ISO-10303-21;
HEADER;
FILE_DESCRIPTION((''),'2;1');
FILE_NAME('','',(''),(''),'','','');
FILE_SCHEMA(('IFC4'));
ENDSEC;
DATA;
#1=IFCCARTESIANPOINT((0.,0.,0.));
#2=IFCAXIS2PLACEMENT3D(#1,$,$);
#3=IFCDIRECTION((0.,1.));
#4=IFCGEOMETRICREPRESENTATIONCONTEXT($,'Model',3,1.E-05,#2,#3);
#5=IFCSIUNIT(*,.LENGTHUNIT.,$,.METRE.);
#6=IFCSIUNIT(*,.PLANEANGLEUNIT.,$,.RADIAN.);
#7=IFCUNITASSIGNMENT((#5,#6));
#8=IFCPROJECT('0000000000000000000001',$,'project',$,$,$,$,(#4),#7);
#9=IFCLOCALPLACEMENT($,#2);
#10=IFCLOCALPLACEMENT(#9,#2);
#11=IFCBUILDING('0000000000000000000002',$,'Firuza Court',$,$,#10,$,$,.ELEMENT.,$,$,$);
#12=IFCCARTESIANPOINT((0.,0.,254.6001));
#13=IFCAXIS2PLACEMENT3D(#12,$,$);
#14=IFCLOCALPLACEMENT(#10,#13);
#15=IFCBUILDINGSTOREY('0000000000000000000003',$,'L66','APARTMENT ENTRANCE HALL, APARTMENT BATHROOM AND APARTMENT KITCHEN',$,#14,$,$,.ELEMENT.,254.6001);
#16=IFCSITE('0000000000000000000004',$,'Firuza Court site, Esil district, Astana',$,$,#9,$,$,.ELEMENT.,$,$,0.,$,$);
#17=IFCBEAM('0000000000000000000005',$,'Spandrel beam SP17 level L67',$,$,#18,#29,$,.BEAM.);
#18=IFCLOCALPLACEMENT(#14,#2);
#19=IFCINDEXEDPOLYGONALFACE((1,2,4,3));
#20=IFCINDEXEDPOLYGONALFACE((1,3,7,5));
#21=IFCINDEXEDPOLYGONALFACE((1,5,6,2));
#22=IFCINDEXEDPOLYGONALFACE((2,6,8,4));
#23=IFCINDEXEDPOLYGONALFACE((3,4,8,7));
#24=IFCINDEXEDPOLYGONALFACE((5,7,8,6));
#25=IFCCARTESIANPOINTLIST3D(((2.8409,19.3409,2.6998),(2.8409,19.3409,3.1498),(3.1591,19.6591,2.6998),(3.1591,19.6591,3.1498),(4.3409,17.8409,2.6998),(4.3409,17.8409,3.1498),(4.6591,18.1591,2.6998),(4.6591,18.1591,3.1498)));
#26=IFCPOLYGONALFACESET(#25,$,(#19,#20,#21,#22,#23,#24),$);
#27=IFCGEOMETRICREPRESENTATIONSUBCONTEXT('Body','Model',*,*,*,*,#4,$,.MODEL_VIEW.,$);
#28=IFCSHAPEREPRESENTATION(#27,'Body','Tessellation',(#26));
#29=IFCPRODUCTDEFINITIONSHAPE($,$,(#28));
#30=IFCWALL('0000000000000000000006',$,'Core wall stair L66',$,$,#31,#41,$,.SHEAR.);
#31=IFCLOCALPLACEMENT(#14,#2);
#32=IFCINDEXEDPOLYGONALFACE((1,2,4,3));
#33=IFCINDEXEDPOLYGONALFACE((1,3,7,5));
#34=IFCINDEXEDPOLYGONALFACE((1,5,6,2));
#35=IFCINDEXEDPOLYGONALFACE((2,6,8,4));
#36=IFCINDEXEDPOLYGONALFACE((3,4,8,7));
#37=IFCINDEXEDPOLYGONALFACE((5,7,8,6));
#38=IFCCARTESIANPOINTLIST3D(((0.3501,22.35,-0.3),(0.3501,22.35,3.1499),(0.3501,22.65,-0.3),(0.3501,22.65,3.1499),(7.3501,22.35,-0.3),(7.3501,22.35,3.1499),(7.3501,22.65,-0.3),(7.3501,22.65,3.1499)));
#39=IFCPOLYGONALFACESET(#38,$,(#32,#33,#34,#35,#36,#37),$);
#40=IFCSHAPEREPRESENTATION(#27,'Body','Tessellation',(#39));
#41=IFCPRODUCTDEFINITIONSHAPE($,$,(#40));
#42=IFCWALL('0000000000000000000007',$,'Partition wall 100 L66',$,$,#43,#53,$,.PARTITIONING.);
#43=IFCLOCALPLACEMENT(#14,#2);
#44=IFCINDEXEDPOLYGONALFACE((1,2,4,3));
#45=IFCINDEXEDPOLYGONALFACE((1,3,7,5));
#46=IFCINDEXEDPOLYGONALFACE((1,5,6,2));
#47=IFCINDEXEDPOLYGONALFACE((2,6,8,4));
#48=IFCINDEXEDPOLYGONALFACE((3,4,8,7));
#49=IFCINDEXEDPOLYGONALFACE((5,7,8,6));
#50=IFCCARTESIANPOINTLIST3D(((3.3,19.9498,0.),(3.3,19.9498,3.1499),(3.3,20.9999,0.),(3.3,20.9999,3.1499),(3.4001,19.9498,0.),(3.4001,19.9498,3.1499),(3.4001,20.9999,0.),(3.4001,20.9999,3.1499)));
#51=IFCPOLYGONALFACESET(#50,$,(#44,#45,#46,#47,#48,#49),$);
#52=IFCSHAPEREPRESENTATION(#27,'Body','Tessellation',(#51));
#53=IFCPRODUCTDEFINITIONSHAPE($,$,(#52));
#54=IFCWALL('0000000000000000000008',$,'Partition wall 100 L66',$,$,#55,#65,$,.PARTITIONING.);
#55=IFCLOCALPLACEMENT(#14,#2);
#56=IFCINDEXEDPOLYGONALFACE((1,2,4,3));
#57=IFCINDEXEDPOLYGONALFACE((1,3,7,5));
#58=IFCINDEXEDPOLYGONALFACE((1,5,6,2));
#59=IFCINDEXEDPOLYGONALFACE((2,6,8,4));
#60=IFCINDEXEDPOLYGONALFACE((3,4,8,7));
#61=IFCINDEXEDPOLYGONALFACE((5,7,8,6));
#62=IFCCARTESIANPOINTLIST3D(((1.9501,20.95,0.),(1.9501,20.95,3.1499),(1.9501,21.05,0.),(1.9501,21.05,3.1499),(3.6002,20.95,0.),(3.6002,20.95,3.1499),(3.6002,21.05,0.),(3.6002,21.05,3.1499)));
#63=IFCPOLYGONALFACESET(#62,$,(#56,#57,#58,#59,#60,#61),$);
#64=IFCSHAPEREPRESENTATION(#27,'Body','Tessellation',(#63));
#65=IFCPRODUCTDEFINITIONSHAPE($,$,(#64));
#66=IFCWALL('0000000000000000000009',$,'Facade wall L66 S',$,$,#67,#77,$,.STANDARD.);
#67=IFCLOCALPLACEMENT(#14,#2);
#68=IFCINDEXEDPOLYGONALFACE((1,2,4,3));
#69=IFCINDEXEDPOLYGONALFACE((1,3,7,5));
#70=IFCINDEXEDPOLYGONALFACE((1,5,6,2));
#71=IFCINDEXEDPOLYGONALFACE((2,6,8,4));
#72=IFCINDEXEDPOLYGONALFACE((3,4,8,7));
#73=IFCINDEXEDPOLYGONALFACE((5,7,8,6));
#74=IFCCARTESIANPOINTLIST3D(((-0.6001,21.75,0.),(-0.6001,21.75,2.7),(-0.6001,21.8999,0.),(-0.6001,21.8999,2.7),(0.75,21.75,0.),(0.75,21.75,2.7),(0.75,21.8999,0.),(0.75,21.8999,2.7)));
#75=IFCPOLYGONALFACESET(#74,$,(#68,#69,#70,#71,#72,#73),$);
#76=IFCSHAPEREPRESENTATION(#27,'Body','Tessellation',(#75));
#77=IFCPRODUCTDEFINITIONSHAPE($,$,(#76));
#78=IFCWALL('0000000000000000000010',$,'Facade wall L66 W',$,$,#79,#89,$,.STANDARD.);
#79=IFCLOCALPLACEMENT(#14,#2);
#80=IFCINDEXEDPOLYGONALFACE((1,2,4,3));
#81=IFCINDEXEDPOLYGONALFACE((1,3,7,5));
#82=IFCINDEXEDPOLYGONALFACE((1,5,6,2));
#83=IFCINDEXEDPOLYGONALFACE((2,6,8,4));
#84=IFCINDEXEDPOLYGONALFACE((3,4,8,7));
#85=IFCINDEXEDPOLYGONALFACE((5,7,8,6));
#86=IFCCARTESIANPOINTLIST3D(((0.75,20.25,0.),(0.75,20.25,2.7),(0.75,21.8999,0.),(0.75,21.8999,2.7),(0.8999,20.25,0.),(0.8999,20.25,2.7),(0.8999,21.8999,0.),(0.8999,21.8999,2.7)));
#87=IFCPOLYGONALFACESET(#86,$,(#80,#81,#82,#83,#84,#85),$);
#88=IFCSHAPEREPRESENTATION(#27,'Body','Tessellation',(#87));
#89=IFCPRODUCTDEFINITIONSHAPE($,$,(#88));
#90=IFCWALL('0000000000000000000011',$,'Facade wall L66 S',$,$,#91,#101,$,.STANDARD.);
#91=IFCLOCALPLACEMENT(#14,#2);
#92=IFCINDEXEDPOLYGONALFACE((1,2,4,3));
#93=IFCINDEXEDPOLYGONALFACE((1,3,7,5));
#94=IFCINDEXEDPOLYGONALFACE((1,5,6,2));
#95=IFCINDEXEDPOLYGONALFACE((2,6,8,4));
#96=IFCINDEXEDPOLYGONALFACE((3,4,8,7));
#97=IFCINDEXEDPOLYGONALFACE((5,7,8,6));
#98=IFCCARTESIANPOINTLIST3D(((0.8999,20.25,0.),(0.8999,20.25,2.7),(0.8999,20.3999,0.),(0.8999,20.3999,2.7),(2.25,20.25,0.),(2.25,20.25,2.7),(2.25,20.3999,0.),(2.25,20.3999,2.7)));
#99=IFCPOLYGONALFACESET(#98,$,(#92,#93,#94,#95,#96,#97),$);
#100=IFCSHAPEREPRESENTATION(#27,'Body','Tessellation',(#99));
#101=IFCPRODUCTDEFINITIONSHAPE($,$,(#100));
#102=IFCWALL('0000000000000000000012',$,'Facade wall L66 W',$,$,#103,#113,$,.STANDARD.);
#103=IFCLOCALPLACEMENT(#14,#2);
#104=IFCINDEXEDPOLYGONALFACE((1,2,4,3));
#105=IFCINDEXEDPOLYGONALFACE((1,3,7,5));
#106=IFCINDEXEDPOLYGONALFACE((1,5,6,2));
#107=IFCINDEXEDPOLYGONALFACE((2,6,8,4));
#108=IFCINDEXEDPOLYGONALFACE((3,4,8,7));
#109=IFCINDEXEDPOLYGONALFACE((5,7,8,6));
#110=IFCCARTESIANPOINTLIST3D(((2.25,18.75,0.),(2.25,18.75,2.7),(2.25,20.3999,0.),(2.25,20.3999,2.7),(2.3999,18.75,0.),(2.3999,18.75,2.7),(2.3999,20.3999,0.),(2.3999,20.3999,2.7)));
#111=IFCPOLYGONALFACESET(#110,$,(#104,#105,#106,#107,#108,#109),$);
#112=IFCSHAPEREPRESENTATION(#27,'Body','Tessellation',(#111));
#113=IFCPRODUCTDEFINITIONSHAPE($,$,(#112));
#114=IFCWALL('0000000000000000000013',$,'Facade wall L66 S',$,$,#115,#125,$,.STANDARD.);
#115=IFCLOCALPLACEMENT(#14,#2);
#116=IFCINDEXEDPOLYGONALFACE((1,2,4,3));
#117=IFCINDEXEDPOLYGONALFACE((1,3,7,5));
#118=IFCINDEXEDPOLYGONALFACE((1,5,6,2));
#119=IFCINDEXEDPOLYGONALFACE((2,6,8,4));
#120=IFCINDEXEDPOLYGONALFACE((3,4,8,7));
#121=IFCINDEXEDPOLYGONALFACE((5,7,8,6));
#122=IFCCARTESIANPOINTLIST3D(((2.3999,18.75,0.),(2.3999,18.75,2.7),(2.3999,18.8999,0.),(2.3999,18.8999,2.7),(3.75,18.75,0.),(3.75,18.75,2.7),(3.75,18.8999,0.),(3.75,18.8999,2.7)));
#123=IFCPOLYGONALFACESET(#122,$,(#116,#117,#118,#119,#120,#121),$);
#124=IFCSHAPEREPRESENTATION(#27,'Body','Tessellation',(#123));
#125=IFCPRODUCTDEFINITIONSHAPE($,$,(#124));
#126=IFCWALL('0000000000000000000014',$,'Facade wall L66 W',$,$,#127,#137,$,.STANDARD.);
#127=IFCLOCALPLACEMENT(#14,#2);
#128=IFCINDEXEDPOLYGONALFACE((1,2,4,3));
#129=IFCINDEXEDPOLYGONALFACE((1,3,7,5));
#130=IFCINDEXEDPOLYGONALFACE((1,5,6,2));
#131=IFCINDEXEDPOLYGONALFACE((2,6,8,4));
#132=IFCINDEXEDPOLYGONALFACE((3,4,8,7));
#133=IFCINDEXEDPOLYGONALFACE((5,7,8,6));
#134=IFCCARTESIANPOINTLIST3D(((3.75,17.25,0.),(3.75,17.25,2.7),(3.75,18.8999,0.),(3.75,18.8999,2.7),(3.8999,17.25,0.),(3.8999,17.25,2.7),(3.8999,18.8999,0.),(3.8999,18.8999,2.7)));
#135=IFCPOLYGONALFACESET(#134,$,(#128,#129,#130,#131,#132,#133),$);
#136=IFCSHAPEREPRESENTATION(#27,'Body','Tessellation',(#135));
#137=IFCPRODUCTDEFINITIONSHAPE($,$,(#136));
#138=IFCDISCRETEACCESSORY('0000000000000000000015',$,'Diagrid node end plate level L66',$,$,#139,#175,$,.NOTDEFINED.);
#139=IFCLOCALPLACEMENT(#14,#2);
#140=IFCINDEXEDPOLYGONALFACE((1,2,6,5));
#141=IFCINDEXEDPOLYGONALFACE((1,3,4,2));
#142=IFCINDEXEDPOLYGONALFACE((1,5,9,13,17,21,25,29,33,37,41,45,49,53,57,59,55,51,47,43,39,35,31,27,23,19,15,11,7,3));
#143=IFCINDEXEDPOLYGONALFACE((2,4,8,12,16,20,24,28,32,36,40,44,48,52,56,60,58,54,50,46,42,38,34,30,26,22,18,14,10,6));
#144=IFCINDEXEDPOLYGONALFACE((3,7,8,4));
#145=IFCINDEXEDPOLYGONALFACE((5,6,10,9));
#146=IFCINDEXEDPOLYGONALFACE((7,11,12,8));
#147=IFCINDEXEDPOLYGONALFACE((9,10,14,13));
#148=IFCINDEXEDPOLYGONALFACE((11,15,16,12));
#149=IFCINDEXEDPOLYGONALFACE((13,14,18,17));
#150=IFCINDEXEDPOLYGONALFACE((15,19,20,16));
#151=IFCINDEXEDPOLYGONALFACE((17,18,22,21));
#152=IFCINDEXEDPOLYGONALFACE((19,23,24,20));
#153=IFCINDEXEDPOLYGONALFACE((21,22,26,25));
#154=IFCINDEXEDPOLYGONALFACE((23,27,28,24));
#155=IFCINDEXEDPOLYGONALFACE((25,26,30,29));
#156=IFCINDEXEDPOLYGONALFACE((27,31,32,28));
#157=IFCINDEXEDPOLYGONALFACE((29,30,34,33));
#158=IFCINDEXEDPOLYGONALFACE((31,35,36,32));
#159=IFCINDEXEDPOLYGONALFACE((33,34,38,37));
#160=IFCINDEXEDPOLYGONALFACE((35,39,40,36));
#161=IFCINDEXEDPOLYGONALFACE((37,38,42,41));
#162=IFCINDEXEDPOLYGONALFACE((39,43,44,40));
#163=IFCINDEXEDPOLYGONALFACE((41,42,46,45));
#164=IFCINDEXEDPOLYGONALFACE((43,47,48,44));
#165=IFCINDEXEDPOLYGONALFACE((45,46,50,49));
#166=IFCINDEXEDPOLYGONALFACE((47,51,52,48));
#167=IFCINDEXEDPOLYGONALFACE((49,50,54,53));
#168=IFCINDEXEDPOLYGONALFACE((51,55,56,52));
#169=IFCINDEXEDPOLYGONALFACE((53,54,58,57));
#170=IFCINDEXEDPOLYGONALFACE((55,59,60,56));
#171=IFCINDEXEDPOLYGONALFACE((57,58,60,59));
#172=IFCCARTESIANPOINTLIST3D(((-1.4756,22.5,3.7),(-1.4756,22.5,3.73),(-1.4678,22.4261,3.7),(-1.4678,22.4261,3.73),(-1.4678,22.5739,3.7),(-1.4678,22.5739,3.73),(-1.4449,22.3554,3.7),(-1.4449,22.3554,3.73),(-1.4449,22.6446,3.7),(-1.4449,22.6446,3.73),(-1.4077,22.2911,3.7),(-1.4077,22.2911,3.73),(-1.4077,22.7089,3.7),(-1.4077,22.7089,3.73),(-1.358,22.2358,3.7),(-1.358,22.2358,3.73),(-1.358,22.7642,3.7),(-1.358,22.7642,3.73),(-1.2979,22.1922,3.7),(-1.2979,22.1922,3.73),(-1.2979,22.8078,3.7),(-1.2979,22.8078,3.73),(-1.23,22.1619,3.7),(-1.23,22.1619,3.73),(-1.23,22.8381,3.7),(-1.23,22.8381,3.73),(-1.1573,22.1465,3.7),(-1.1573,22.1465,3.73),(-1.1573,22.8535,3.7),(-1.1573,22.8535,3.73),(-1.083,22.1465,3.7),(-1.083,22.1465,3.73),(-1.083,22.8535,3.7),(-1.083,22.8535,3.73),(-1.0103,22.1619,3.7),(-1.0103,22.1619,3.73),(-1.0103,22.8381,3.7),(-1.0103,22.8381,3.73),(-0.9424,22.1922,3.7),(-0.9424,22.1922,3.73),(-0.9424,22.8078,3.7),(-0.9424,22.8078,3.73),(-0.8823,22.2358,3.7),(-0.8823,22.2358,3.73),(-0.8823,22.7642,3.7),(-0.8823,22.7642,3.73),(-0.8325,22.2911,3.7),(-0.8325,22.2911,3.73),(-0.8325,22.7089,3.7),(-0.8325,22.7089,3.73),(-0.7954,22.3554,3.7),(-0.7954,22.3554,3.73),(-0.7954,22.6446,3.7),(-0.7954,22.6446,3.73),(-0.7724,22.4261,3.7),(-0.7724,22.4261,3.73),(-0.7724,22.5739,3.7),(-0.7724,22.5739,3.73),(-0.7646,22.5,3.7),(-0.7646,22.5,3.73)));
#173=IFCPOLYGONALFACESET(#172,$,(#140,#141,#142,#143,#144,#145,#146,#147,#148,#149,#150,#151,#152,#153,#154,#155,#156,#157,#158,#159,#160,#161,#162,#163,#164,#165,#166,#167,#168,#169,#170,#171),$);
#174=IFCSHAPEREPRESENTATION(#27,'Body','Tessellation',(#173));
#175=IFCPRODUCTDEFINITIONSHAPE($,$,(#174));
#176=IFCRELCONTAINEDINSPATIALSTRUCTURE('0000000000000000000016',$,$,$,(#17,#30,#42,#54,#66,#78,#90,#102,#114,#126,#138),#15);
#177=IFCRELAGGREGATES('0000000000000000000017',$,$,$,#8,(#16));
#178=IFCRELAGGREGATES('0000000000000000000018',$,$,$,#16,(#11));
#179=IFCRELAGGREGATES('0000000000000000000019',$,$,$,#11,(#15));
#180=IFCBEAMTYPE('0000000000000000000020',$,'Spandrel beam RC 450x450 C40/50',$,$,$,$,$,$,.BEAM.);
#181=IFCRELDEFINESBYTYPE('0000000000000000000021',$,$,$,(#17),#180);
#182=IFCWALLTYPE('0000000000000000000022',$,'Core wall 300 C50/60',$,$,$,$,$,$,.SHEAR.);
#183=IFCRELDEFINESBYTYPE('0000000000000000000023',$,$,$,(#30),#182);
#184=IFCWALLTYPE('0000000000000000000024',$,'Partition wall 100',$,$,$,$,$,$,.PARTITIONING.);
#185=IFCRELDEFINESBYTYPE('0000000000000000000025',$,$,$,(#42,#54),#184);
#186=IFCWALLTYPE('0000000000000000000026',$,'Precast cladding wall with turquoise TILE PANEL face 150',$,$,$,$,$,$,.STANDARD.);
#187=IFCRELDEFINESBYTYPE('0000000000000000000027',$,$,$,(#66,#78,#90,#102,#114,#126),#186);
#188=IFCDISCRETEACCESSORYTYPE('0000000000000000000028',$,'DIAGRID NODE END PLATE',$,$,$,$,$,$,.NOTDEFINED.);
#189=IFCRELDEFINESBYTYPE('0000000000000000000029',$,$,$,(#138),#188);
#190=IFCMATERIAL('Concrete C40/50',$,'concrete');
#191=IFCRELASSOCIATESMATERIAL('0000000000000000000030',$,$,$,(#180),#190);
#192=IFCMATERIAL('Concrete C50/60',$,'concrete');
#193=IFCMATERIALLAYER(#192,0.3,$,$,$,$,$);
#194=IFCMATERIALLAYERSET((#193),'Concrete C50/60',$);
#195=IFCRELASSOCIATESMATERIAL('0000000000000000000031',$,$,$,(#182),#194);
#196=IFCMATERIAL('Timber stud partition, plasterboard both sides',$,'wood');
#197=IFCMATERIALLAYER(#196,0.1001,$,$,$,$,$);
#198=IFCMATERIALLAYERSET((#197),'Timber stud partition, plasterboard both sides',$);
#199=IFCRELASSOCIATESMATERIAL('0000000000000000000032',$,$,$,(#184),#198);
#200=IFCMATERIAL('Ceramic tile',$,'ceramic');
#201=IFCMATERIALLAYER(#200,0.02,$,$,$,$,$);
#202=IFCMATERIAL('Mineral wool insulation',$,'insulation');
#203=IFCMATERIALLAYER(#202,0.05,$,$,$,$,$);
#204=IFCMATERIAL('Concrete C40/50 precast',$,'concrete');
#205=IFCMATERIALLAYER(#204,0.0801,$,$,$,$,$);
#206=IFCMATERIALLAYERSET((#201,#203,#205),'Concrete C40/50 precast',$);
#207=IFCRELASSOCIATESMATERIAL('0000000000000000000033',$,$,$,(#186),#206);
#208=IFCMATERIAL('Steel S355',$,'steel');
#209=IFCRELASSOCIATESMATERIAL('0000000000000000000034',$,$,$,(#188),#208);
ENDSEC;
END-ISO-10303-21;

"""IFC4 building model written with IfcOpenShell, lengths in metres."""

from ifc_helpers import new_model, si_unit, direction, frame, frame_2d, origin, origin_2d, place, context, subcontext, project, spatial, rectangle, circle, extrude, material, layer, layer_set, material_profile, profile_set, type_object, element, save


model = new_model("IFC4")

# Units and contexts
model_context = context("Model", 3, precision=1e-05, world=origin(), true_north=direction((0.0, 1.0)))
body_context = subcontext(model_context, "Body", "Model", "MODEL_VIEW")
ifc_project = project(units=[si_unit("LENGTHUNIT", "METRE"), si_unit("PLANEANGLEUNIT", "RADIAN")], contexts=[model_context])

# Site, building, storey
site_placement = place(None, origin())
site = spatial("IfcSite", under=ifc_project, at=site_placement, Name="Firuza Court site, Esil district, Astana", CompositionType="ELEMENT", RefElevation=0.0)
building_placement = place(site_placement, origin())
building = spatial("IfcBuilding", under=site, at=building_placement, Name="Firuza Court", CompositionType="ELEMENT")
storey_placement = place(building_placement, frame((0.0, 0.0, 254.6001)))
storey = spatial("IfcBuildingStorey", under=building, at=storey_placement, Name="L66", Description="APARTMENT ENTRANCE HALL, APARTMENT BATHROOM AND APARTMENT KITCHEN", CompositionType="ELEMENT", Elevation=254.6001)

# Beam
ifc_material_1 = material(Name="Concrete C40/50", Category="concrete")
ifc_material_profile_1 = material_profile(ifc_material_1, rectangle(XDim=0.45, YDim=0.45, at=origin_2d()), Name="RC 450x450")
ifc_profile_set_1 = profile_set([ifc_material_profile_1], Name="Concrete C40/50")
beam_type = type_object("IfcBeamType", Name="Spandrel beam RC 450x450 C40/50", PredefinedType="BEAM", material=ifc_profile_set_1)
for number, where, z_axis, x_axis, name in (
    (1, (3.0, 19.5, 2.9248), (0.707107, -0.707107, 0.0), (0.707107, 0.707107, 0.0), "Spandrel beam SP17 level L67"),
):
    element("IfcBeam", number, at=place(storey_placement, frame(where, z_axis=z_axis, x_axis=x_axis)), inside=storey, type_object=beam_type, Name=name, PredefinedType="BEAM", context=body_context, shape_type="SweptSolid", body=[
        extrude(rectangle(XDim=0.45, YDim=0.45, at=origin_2d()), origin(), (0.0, 0.0, 1.0), 2.1213),
    ])

# Walls
ifc_material_2 = material(Name="Concrete C50/60", Category="concrete")
ifc_layer_1 = layer(ifc_material_2, 0.3)
ifc_layer_set_1 = layer_set([ifc_layer_1], Name="Concrete C50/60")
wall_type_1 = type_object("IfcWallType", Name="Core wall 300 C50/60", PredefinedType="SHEAR", material=ifc_layer_set_1)
wall_1_placement = place(storey_placement, frame((0.3501, 22.5, -0.3), z_axis=(0.0, 0.0, 1.0), x_axis=(1.0, 0.0, 0.0)))
element("IfcWall", 2, at=wall_1_placement, inside=storey, type_object=wall_type_1, Name="Core wall stair L66", PredefinedType="SHEAR", context=body_context, shape_type="SweptSolid", body=[
    extrude(rectangle(XDim=7.0, YDim=0.3, at=frame_2d((3.5, 0.0))), origin(), (0.0, 0.0, 1.0), 3.45),
])
ifc_material_3 = material(Name="Timber stud partition, plasterboard both sides", Category="wood")
ifc_layer_2 = layer(ifc_material_3, 0.1001)
ifc_layer_set_2 = layer_set([ifc_layer_2], Name="Timber stud partition, plasterboard both sides")
wall_type_2 = type_object("IfcWallType", Name="Partition wall 100", PredefinedType="PARTITIONING", material=ifc_layer_set_2)
wall_2_placement = place(storey_placement, frame((3.3501, 19.95, 0.0), z_axis=(0.0, 0.0, 1.0), x_axis=(0.0, 1.0, 0.0)))
element("IfcWall", 3, at=wall_2_placement, inside=storey, type_object=wall_type_2, Name="Partition wall 100 L66", PredefinedType="PARTITIONING", context=body_context, shape_type="SweptSolid", body=[
    extrude(rectangle(XDim=1.05, YDim=0.1001, at=frame_2d((0.5249, 0.0))), origin(), (0.0, 0.0, 1.0), 3.1499),
])
wall_3_placement = place(storey_placement, frame((1.95, 21.0, 0.0), z_axis=(0.0, 0.0, 1.0), x_axis=(1.0, 0.0, 0.0)))
element("IfcWall", 4, at=wall_3_placement, inside=storey, type_object=wall_type_2, Name="Partition wall 100 L66", PredefinedType="PARTITIONING", context=body_context, shape_type="SweptSolid", body=[
    extrude(rectangle(XDim=1.6501, YDim=0.1001, at=frame_2d((0.8252, 0.0))), origin(), (0.0, 0.0, 1.0), 3.1499),
])
ifc_material_4 = material(Name="Ceramic tile", Category="ceramic")
ifc_layer_3 = layer(ifc_material_4, 0.02)
ifc_material_5 = material(Name="Mineral wool insulation", Category="insulation")
ifc_layer_4 = layer(ifc_material_5, 0.05)
ifc_material_6 = material(Name="Concrete C40/50 precast", Category="concrete")
ifc_layer_5 = layer(ifc_material_6, 0.0801)
ifc_layer_set_3 = layer_set([ifc_layer_3, ifc_layer_4, ifc_layer_5], Name="Concrete C40/50 precast")
wall_type_3 = type_object("IfcWallType", Name="Precast cladding wall with turquoise TILE PANEL face 150", PredefinedType="STANDARD", material=ifc_layer_set_3)
wall_4_placement = place(storey_placement, frame((-0.6001, 21.825, 0.0), z_axis=(0.0, 0.0, 1.0), x_axis=(1.0, 0.0, 0.0)))
element("IfcWall", 5, at=wall_4_placement, inside=storey, type_object=wall_type_3, Name="Facade wall L66 S", PredefinedType="STANDARD", context=body_context, shape_type="SweptSolid", body=[
    extrude(rectangle(XDim=1.3501, YDim=0.1499, at=frame_2d((0.675, 0.0))), origin(), (0.0, 0.0, 1.0), 2.7),
])
wall_5_placement = place(storey_placement, frame((0.825, 21.8999, 0.0), z_axis=(0.0, 0.0, 1.0), x_axis=(0.0, -1.0, 0.0)))
element("IfcWall", 6, at=wall_5_placement, inside=storey, type_object=wall_type_3, Name="Facade wall L66 W", PredefinedType="STANDARD", context=body_context, shape_type="SweptSolid", body=[
    extrude(rectangle(XDim=1.6499, YDim=0.1499, at=frame_2d((0.825, 0.0))), origin(), (0.0, 0.0, 1.0), 2.7),
])
wall_6_placement = place(storey_placement, frame((0.8999, 20.325, 0.0), z_axis=(0.0, 0.0, 1.0), x_axis=(1.0, 0.0, 0.0)))
element("IfcWall", 7, at=wall_6_placement, inside=storey, type_object=wall_type_3, Name="Facade wall L66 S", PredefinedType="STANDARD", context=body_context, shape_type="SweptSolid", body=[
    extrude(rectangle(XDim=1.3501, YDim=0.1499, at=frame_2d((0.675, 0.0))), origin(), (0.0, 0.0, 1.0), 2.7),
])
wall_7_placement = place(storey_placement, frame((2.325, 20.3999, 0.0), z_axis=(0.0, 0.0, 1.0), x_axis=(0.0, -1.0, 0.0)))
element("IfcWall", 8, at=wall_7_placement, inside=storey, type_object=wall_type_3, Name="Facade wall L66 W", PredefinedType="STANDARD", context=body_context, shape_type="SweptSolid", body=[
    extrude(rectangle(XDim=1.6499, YDim=0.1499, at=frame_2d((0.825, 0.0))), origin(), (0.0, 0.0, 1.0), 2.7),
])
wall_8_placement = place(storey_placement, frame((2.3999, 18.825, 0.0), z_axis=(0.0, 0.0, 1.0), x_axis=(1.0, 0.0, 0.0)))
element("IfcWall", 9, at=wall_8_placement, inside=storey, type_object=wall_type_3, Name="Facade wall L66 S", PredefinedType="STANDARD", context=body_context, shape_type="SweptSolid", body=[
    extrude(rectangle(XDim=1.3501, YDim=0.1499, at=frame_2d((0.675, 0.0))), origin(), (0.0, 0.0, 1.0), 2.7),
])
wall_9_placement = place(storey_placement, frame((3.825, 18.8999, 0.0), z_axis=(0.0, 0.0, 1.0), x_axis=(0.0, -1.0, 0.0)))
element("IfcWall", 10, at=wall_9_placement, inside=storey, type_object=wall_type_3, Name="Facade wall L66 W", PredefinedType="STANDARD", context=body_context, shape_type="SweptSolid", body=[
    extrude(rectangle(XDim=1.6499, YDim=0.1499, at=frame_2d((0.825, 0.0))), origin(), (0.0, 0.0, 1.0), 2.7),
])

# Discrete accessory
ifc_material_7 = material(Name="Steel S355", Category="steel")
ifc_material_profile_2 = material_profile(ifc_material_7, circle(Radius=0.3555, at=origin_2d()), Name="PL D711")
ifc_profile_set_2 = profile_set([ifc_material_profile_2], Name="Steel S355")
discrete_accessory_type = type_object("IfcDiscreteAccessoryType", Name="DIAGRID NODE END PLATE", PredefinedType="NOTDEFINED", material=ifc_profile_set_2)
for number, where, z_axis, x_axis, name in (
    (11, (-1.1201, 22.5, 3.7), (0.0, 0.0, 1.0), (1.0, 0.0, 0.0), "Diagrid node end plate level L66"),
):
    element("IfcDiscreteAccessory", number, at=place(storey_placement, frame(where, z_axis=z_axis, x_axis=x_axis)), inside=storey, type_object=discrete_accessory_type, Name=name, PredefinedType="NOTDEFINED", context=body_context, shape_type="SweptSolid", body=[
        extrude(circle(Radius=0.3555, at=origin_2d()), origin(), (0.0, 0.0, 1.0), 0.03),
    ])

save(model, "model.ifc")
